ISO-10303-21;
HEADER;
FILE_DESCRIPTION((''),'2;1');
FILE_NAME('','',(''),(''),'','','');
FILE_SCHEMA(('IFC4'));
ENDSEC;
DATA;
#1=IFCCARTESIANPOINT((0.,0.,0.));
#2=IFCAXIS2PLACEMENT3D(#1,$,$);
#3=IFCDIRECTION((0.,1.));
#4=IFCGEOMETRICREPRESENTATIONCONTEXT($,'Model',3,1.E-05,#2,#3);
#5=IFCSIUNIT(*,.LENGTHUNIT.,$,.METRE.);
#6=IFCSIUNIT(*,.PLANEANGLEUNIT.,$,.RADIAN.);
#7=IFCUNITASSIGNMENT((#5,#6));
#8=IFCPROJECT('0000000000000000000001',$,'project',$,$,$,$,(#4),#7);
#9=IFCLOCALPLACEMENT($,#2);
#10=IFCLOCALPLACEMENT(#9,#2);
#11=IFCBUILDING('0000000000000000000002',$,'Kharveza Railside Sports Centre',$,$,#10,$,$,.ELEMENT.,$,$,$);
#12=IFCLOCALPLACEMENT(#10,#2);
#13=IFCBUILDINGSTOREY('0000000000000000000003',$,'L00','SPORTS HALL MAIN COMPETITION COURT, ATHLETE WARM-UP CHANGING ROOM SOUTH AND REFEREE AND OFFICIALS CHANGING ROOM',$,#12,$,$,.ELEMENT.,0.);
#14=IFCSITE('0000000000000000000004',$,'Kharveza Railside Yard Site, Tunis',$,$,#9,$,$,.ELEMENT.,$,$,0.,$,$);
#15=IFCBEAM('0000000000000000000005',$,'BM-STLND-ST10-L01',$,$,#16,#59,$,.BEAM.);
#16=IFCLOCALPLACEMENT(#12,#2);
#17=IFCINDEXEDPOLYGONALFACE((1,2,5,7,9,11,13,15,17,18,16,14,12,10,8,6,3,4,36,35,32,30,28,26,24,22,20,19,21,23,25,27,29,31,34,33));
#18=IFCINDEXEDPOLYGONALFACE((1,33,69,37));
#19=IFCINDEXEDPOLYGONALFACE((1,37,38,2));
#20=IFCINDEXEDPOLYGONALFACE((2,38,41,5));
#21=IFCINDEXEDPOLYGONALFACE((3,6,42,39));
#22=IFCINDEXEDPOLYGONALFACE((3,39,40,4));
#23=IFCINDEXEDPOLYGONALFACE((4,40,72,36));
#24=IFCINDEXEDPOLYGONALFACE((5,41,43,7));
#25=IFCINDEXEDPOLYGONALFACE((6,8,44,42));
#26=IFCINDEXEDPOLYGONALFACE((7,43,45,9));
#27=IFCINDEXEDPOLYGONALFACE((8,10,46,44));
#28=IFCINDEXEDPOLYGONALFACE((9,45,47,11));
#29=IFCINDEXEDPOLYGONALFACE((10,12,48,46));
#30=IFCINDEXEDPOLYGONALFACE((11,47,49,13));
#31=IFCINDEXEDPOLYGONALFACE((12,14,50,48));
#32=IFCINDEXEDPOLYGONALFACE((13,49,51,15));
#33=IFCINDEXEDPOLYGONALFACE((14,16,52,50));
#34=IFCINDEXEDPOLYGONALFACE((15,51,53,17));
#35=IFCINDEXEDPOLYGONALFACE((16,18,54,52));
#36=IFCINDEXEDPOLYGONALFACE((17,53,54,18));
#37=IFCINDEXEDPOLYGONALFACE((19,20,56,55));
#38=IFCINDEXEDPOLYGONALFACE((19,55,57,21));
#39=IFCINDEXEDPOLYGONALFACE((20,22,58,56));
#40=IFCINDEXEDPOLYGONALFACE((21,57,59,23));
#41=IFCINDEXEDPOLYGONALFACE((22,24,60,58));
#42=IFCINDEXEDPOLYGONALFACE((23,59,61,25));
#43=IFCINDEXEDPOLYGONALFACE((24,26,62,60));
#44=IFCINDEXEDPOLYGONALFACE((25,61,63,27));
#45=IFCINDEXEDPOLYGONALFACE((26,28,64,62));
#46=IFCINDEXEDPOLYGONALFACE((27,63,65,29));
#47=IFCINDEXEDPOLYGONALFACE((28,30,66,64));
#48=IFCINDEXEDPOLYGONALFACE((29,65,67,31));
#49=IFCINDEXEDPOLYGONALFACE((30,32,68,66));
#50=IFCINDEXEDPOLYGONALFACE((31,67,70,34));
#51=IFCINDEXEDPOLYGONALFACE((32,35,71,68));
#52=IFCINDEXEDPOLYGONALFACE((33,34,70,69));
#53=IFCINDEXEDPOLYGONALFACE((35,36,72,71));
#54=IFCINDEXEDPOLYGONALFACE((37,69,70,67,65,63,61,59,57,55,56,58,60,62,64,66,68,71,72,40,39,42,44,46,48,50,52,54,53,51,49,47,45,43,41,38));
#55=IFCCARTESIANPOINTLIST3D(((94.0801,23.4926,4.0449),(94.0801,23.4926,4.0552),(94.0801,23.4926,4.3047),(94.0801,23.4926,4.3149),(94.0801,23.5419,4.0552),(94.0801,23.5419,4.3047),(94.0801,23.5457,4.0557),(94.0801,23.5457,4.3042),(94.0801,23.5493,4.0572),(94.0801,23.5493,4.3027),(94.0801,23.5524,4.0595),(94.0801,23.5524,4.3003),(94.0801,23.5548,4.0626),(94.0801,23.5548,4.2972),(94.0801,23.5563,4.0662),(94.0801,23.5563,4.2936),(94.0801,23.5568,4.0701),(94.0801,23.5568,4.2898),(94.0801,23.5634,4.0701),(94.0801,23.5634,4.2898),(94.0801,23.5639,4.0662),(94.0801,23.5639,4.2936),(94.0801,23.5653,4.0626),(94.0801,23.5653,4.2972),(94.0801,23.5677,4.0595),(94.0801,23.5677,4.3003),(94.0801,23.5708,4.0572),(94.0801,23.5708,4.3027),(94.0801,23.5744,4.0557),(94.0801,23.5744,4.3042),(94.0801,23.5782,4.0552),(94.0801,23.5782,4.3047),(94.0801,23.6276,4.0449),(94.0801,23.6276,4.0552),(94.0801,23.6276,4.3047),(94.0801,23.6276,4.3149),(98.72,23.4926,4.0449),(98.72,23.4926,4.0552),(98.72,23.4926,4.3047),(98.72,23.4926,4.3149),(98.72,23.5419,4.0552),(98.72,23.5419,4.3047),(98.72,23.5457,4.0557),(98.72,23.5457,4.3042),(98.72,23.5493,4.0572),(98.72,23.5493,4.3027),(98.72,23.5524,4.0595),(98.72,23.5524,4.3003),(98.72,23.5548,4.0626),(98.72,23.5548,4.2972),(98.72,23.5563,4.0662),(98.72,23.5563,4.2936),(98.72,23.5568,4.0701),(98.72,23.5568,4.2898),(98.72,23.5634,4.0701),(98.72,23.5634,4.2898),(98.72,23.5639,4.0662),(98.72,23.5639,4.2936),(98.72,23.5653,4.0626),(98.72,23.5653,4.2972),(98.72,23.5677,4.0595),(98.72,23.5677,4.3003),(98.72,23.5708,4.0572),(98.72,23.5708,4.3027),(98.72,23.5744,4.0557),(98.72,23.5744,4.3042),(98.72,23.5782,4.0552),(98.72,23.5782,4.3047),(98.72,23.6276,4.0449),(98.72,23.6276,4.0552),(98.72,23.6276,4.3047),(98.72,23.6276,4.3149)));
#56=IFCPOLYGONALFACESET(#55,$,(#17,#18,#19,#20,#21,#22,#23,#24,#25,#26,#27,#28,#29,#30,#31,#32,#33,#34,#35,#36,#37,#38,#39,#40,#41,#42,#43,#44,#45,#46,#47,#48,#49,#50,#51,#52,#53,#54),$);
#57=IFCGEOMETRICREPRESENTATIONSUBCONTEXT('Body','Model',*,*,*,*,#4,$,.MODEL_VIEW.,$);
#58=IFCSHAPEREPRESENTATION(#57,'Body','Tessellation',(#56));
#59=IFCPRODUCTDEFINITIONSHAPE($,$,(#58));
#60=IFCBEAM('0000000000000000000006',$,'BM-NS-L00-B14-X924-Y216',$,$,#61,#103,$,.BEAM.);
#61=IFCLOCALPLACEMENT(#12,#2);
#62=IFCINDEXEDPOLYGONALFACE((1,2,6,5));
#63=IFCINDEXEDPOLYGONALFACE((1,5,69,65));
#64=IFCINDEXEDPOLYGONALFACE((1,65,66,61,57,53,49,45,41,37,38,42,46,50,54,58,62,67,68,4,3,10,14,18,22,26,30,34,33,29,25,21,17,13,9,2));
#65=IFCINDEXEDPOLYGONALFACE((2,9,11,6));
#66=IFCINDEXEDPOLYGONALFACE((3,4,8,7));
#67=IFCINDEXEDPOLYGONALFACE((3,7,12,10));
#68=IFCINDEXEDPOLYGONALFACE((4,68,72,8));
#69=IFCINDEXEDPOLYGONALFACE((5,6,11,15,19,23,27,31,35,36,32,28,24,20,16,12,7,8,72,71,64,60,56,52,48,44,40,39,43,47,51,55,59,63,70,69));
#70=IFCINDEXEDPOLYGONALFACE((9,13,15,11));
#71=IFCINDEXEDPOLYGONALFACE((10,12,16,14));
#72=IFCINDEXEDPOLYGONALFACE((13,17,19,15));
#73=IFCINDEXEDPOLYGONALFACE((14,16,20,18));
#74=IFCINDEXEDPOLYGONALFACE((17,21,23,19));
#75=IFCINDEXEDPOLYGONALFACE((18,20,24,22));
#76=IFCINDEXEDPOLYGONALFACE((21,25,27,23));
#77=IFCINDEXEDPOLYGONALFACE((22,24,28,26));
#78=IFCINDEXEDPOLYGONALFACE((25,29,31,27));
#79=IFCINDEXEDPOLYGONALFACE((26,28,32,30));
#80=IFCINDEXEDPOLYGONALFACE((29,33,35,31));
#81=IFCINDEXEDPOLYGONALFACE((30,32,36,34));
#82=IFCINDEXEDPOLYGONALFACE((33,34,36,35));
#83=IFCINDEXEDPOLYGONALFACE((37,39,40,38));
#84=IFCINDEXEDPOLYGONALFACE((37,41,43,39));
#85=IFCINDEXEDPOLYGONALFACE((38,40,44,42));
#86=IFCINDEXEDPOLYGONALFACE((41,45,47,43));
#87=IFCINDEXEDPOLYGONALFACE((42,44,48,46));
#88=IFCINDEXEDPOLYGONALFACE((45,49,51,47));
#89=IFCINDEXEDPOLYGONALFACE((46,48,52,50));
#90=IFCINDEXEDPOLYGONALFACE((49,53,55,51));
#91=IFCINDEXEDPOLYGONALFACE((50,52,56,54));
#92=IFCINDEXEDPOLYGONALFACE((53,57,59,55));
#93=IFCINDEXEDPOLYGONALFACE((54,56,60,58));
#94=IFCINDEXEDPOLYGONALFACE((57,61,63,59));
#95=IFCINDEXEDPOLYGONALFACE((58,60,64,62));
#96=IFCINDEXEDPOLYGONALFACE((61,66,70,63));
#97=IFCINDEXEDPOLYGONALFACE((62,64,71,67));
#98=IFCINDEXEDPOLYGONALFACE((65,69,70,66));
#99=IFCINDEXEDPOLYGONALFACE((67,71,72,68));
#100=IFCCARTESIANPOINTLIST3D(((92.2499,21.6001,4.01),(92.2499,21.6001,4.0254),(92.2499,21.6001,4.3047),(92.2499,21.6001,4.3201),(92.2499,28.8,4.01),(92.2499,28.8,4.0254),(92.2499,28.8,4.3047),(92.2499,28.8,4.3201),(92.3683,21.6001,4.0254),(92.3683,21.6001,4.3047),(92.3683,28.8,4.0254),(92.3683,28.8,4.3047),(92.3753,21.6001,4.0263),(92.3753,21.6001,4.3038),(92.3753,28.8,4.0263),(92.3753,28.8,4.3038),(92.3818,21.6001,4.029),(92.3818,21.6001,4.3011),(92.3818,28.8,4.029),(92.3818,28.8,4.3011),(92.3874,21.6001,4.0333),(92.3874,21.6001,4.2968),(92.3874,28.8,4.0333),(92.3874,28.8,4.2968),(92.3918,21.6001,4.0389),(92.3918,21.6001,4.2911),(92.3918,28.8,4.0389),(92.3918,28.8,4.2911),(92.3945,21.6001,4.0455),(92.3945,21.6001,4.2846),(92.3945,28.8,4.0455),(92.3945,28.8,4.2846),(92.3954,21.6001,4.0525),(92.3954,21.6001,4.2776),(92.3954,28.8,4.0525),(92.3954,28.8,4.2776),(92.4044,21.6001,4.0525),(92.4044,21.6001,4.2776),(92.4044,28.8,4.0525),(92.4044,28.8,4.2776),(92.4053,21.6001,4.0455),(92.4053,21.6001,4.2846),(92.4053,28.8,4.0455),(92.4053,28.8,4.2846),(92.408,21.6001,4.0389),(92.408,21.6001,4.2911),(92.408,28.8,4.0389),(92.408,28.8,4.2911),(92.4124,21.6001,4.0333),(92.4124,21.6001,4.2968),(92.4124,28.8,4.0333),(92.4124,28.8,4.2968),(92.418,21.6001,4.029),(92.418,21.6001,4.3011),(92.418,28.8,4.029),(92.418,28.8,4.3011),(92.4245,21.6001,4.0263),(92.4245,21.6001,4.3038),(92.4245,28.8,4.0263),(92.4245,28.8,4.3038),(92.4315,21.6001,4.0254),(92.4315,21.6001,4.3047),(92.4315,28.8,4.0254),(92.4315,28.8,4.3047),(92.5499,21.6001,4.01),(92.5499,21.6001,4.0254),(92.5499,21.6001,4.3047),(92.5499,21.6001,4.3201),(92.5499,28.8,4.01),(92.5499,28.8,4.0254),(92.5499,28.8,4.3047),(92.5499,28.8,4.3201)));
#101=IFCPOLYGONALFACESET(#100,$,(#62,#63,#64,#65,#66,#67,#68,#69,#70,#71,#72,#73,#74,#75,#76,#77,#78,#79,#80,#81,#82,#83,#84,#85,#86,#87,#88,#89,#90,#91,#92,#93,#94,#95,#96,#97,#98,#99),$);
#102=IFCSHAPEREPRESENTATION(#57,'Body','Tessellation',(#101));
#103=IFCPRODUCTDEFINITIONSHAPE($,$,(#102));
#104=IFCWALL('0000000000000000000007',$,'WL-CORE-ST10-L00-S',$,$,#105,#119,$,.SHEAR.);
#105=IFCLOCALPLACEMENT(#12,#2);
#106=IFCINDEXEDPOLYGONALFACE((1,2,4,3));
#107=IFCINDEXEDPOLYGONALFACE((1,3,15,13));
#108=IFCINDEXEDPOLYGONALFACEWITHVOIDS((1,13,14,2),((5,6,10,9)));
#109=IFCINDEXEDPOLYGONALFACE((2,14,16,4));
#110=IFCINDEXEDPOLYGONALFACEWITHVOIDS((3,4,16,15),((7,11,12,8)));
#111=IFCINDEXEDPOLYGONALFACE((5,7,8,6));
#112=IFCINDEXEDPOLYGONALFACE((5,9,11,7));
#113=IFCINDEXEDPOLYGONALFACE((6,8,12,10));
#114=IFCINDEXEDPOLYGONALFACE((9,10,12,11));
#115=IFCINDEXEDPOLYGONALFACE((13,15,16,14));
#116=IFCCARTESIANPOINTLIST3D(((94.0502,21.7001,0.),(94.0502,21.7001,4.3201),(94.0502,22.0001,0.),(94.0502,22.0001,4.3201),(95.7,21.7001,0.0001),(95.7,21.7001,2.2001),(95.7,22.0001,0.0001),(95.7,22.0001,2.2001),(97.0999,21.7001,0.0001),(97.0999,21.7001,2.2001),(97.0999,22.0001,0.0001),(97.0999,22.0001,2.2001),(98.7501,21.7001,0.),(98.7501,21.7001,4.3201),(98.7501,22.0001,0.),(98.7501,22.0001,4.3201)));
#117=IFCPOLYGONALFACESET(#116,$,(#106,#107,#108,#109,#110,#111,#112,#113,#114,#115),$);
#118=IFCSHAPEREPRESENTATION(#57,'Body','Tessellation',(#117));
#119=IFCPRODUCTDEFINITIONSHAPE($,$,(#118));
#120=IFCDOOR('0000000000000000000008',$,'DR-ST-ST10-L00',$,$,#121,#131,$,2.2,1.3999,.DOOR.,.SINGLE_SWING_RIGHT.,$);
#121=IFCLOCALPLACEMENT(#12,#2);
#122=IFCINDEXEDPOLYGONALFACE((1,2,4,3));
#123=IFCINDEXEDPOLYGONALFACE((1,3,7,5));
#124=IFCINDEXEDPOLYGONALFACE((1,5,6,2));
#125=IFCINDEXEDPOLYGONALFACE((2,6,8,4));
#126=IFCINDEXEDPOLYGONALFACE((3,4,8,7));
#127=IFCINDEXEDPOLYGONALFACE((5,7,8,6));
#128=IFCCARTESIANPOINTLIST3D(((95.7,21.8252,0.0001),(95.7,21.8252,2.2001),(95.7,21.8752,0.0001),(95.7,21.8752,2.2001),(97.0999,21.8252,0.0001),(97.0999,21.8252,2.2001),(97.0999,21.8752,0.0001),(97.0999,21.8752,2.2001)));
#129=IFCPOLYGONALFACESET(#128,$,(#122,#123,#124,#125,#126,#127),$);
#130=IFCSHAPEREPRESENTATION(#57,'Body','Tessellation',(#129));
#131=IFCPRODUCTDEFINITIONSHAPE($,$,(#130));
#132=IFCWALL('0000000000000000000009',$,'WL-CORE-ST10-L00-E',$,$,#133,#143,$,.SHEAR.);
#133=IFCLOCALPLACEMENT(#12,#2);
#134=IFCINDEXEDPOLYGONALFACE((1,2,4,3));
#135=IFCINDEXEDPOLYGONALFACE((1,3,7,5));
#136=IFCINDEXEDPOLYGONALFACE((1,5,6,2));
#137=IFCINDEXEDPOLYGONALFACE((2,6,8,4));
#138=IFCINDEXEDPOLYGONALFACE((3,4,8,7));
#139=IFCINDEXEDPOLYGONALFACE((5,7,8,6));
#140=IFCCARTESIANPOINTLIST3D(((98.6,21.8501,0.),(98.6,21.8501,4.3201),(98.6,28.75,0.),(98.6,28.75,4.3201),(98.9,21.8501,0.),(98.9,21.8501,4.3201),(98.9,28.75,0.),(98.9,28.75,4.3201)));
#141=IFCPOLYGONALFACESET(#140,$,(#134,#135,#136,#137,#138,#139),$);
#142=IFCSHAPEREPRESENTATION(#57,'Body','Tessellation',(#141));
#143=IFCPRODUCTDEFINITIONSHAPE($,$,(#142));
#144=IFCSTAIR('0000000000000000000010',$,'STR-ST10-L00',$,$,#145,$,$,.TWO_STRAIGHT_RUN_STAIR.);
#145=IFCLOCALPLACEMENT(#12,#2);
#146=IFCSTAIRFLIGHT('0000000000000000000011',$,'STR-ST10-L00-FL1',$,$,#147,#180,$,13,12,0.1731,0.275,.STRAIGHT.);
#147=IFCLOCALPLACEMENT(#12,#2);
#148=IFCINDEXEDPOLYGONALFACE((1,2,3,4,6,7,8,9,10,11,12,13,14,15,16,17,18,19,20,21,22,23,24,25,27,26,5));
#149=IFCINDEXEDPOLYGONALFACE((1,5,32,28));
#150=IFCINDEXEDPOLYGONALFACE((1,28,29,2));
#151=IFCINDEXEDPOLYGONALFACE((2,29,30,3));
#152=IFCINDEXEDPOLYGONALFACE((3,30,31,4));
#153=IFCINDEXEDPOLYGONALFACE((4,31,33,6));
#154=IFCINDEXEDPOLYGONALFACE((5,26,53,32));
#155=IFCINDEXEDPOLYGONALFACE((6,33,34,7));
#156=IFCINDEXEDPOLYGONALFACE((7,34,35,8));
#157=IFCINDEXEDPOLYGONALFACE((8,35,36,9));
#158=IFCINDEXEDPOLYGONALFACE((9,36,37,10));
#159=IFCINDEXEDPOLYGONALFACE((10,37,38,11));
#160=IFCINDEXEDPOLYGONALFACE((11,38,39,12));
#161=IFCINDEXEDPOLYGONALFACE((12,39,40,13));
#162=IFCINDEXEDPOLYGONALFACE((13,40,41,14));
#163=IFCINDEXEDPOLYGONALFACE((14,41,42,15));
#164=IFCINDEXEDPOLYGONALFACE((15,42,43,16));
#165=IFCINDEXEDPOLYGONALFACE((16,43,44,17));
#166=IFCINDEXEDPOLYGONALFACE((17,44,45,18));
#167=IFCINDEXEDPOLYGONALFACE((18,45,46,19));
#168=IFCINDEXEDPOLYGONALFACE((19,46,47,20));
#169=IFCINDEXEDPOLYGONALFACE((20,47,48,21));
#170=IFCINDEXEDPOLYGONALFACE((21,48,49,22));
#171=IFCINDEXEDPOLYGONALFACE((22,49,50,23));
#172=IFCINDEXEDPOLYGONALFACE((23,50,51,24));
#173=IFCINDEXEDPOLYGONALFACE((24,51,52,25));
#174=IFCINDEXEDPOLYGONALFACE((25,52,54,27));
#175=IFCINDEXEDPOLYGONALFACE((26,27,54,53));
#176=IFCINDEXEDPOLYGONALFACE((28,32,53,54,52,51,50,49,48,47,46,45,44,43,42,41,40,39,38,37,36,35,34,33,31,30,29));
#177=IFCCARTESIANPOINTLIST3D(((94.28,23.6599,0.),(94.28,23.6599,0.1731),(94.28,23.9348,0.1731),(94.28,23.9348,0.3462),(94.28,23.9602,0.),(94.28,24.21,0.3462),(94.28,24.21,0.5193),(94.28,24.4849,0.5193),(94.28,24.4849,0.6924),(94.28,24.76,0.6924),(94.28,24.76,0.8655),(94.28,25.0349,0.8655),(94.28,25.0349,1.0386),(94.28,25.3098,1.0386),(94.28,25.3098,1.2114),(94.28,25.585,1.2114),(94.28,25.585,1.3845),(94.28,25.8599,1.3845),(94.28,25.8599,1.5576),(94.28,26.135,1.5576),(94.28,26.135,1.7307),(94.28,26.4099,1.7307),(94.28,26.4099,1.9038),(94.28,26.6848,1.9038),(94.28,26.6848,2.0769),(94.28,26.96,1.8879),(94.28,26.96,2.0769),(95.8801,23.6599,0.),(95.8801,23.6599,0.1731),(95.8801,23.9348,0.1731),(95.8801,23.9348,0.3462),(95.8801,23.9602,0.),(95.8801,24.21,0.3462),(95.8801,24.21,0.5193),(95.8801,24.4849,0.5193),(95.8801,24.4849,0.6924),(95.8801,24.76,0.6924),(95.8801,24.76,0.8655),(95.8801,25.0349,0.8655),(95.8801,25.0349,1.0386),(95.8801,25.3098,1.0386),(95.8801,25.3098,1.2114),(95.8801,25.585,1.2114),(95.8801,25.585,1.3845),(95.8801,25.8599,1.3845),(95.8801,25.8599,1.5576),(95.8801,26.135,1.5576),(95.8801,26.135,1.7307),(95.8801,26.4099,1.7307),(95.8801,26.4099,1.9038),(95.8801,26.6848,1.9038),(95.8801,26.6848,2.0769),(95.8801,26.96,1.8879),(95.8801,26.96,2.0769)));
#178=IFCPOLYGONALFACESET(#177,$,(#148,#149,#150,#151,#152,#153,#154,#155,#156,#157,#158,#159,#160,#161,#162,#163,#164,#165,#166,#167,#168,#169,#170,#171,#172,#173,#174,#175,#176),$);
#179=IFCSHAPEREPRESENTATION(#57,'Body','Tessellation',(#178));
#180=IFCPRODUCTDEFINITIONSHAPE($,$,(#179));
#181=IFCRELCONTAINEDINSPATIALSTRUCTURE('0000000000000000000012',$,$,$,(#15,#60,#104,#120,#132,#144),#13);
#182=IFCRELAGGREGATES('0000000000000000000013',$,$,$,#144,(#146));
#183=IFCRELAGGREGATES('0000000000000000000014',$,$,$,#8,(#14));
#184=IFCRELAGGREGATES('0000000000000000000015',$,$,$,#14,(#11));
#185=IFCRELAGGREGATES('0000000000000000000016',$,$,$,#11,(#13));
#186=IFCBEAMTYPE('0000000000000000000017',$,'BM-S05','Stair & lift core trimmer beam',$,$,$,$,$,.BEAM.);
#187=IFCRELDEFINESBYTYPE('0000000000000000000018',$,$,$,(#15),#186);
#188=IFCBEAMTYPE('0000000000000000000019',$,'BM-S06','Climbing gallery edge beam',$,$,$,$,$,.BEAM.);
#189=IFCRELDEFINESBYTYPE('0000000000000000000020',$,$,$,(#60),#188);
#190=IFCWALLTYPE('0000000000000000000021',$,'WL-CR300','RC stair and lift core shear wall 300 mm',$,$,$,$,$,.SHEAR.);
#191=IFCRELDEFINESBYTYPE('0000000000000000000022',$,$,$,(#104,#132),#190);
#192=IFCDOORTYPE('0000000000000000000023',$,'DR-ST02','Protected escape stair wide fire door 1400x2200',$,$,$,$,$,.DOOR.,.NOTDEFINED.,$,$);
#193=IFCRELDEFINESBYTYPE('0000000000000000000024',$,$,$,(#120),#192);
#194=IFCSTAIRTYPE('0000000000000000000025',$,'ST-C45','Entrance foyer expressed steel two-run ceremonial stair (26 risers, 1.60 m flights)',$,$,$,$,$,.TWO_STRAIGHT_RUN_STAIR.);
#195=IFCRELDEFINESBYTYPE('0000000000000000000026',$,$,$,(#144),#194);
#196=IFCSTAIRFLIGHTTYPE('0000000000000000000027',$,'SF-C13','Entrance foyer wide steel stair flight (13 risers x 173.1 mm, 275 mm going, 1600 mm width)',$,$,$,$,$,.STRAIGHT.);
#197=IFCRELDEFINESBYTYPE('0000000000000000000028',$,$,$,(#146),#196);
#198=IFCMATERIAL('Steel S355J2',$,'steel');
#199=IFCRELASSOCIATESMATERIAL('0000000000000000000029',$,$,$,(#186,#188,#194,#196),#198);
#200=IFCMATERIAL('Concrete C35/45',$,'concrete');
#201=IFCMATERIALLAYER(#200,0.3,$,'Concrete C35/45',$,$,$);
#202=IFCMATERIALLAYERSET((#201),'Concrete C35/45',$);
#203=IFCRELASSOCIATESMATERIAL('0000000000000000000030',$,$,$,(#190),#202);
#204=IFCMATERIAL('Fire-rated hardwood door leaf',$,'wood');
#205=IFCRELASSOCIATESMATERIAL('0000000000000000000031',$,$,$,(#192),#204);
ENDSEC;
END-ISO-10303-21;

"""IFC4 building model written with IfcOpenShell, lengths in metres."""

from ifc_helpers import new_model, si_unit, direction, frame, frame_2d, origin, origin_2d, place, context, subcontext, project, spatial, polyline, rectangle, i_section, outline, extrude, material, layer, layer_set, material_profile, profile_set, type_object, element, fill, aggregate, save


model = new_model("IFC4")

# Units and contexts
model_context = context("Model", 3, precision=1e-05, world=origin(), true_north=direction((0.0, 1.0)))
body_context = subcontext(model_context, "Body", "Model", "MODEL_VIEW")
ifc_project = project(units=[si_unit("LENGTHUNIT", "METRE"), si_unit("PLANEANGLEUNIT", "RADIAN")], contexts=[model_context])

# Site, building, storey
site_placement = place(None, origin())
site = spatial("IfcSite", under=ifc_project, at=site_placement, Name="Kharveza Railside Yard Site, Tunis", CompositionType="ELEMENT", RefElevation=0.0)
building_placement = place(site_placement, origin())
building = spatial("IfcBuilding", under=site, at=building_placement, Name="Kharveza Railside Sports Centre", CompositionType="ELEMENT")
storey_placement = place(building_placement, origin())
storey = spatial("IfcBuildingStorey", under=building, at=storey_placement, Name="L00", Description="SPORTS HALL MAIN COMPETITION COURT, ATHLETE WARM-UP CHANGING ROOM SOUTH AND REFEREE AND OFFICIALS CHANGING ROOM", CompositionType="ELEMENT", Elevation=0.0)

# Shared definitions
ifc_material_1 = material(Name="Concrete C35/45", Category="concrete")

# Shared definitions
ifc_material_2 = material(Name="Steel S355J2", Category="steel")

# Beams
ifc_material_profile_1 = material_profile(ifc_material_2, i_section(OverallWidth=0.135, OverallDepth=0.27, WebThickness=0.0066, FlangeThickness=0.0103, FilletRadius=0.0149, at=origin_2d()), Name="IPE 270")
ifc_profile_set_1 = profile_set([ifc_material_profile_1], Name="Steel S355J2")
beam_type_1 = type_object("IfcBeamType", Name="BM-S05", Description="Stair & lift core trimmer beam", PredefinedType="BEAM", material=ifc_profile_set_1)
beam_1_placement = place(storey_placement, frame((94.0801, 23.5601, 4.1799), z_axis=(1.0, 0.0, 0.0), x_axis=(0.0, 1.0, 0.0)))
element("IfcBeam", 1, at=beam_1_placement, inside=storey, type_object=beam_type_1, Name="BM-STLND-ST10-L01", PredefinedType="BEAM", context=body_context, shape_type="SweptSolid", body=[
    extrude(i_section(OverallWidth=0.135, OverallDepth=0.27, WebThickness=0.0066, FlangeThickness=0.0103, FilletRadius=0.0149, at=origin_2d()), origin(), (0.0, 0.0, 1.0), 4.6399),
])
ifc_material_profile_2 = material_profile(ifc_material_2, i_section(OverallWidth=0.3, OverallDepth=0.3101, WebThickness=0.009, FlangeThickness=0.0154, FilletRadius=0.0271, at=origin_2d()), Name="HEA 320")
ifc_profile_set_2 = profile_set([ifc_material_profile_2], Name="Steel S355J2")
beam_type_2 = type_object("IfcBeamType", Name="BM-S06", Description="Climbing gallery edge beam", PredefinedType="BEAM", material=ifc_profile_set_2)
beam_2_placement = place(storey_placement, frame((92.3999, 21.6001, 4.165), z_axis=(0.0, 1.0, 0.0), x_axis=(-1.0, 0.0, 0.0)))
element("IfcBeam", 2, at=beam_2_placement, inside=storey, type_object=beam_type_2, Name="BM-NS-L00-B14-X924-Y216", PredefinedType="BEAM", context=body_context, shape_type="SweptSolid", body=[
    extrude(i_section(OverallWidth=0.3, OverallDepth=0.3101, WebThickness=0.009, FlangeThickness=0.0154, FilletRadius=0.0271, at=origin_2d()), origin(), (0.0, 0.0, 1.0), 7.2),
])

# Wall, opening, door
ifc_layer = layer(ifc_material_1, 0.3, Name="Concrete C35/45")
ifc_layer_set = layer_set([ifc_layer], Name="Concrete C35/45")
wall_type = type_object("IfcWallType", Name="WL-CR300", Description="RC stair and lift core shear wall 300 mm", PredefinedType="SHEAR", material=ifc_layer_set)
wall_1_placement = place(storey_placement, frame((94.05, 21.8501, 0.0), z_axis=(0.0, 0.0, 1.0), x_axis=(1.0, 0.0, 0.0)))
wall_1 = element("IfcWall", 3, at=wall_1_placement, inside=storey, type_object=wall_type, Name="WL-CORE-ST10-L00-S", PredefinedType="SHEAR", context=body_context, shape_type="SweptSolid", body=[
    extrude(rectangle(XDim=4.7, YDim=0.3, at=frame_2d((2.3501, 0.0))), origin(), (0.0, 0.0, 1.0), 4.3201),
])
opening_placement = place(wall_1_placement, frame((1.6499, 0.0, 0.0)))
opening = element("IfcOpeningElement", 4, at=opening_placement, cuts=wall_1, PredefinedType="OPENING", context=body_context, shape_type="SweptSolid", body=[
    extrude(rectangle(XDim=1.3999, YDim=2.2, at=frame_2d((0.7, 1.1001))), frame((0.0, 0.1748, 0.0), z_axis=(0.0, -1.0, 0.0), x_axis=(1.0, 0.0, 0.0)), (0.0, 0.0, 1.0), 0.3499),
])
ifc_material_3 = material(Name="Fire-rated hardwood door leaf", Category="wood")
door_type = type_object("IfcDoorType", Name="DR-ST02", Description="Protected escape stair wide fire door 1400x2200", OperationType="NOTDEFINED", PredefinedType="DOOR", material=ifc_material_3)
door_placement = place(opening_placement, frame((1.3999, 0.0, 0.0), z_axis=(0.0, 0.0, 1.0), x_axis=(-1.0, 0.0, 0.0)))
door = element("IfcDoor", 5, at=door_placement, inside=storey, type_object=door_type, Name="DR-ST-ST10-L00", OperationType="SINGLE_SWING_RIGHT", OverallHeight=2.2, OverallWidth=1.3999, PredefinedType="DOOR", context=body_context, shape_type="SweptSolid", body=[
    extrude(rectangle(XDim=1.3999, YDim=2.2, at=frame_2d((0.7, 1.1001))), frame((0.0, 0.0249, 0.0), z_axis=(0.0, -1.0, 0.0), x_axis=(1.0, 0.0, 0.0)), (0.0, 0.0, 1.0), 0.05),
])
fill(opening, door)

# Wall
wall_2_placement = place(storey_placement, frame((98.75, 21.8501, 0.0), z_axis=(0.0, 0.0, 1.0), x_axis=(0.0, 1.0, 0.0)))
element("IfcWall", 6, at=wall_2_placement, inside=storey, type_object=wall_type, Name="WL-CORE-ST10-L00-E", PredefinedType="SHEAR", context=body_context, shape_type="SweptSolid", body=[
    extrude(rectangle(XDim=6.8999, YDim=0.3, at=frame_2d((3.45, 0.0))), origin(), (0.0, 0.0, 1.0), 4.3201),
])

# Stair, stair flight
stair_type = type_object("IfcStairType", Name="ST-C45", Description="Entrance foyer expressed steel two-run ceremonial stair (26 risers, 1.60 m flights)", PredefinedType="TWO_STRAIGHT_RUN_STAIR", material=ifc_material_2)
stair_placement = place(storey_placement, origin())
stair = element("IfcStair", 7, at=stair_placement, inside=storey, type_object=stair_type, Name="STR-ST10-L00", PredefinedType="TWO_STRAIGHT_RUN_STAIR")
stair_flight_type = type_object("IfcStairFlightType", Name="SF-C13", Description="Entrance foyer wide steel stair flight (13 risers x 173.1 mm, 275 mm going, 1600 mm width)", PredefinedType="STRAIGHT", material=ifc_material_2)
stair_flight_placement = place(storey_placement, frame((95.0801, 23.6599, 0.0), z_axis=(0.0, 0.0, 1.0), x_axis=(0.0, 1.0, 0.0)))
stair_flight = element("IfcStairFlight", 8, at=stair_flight_placement, type_object=stair_flight_type, Name="STR-ST10-L00-FL1", NumberOfRisers=13, NumberOfTreads=12, PredefinedType="STRAIGHT", RiserHeight=0.1731, TreadLength=0.275, context=body_context, shape_type="SweptSolid", body=[
    extrude(outline(polyline([(0.0, 0.0), (0.0, 0.1731), (0.2749, 0.1731), (0.2749, 0.3462), (0.55, 0.3462), (0.55, 0.5193), (0.825, 0.5193), (0.825, 0.6924), (1.1001, 0.6924), (1.1001, 0.8655), (1.375, 0.8655), (1.375, 1.0386), (1.6499, 1.0386), (1.6499, 1.2114), (1.925, 1.2114), (1.925, 1.3845), (2.2, 1.3845), (2.2, 1.5576), (2.4751, 1.5576), (2.4751, 1.7307), (2.75, 1.7307), (2.75, 1.9038), (3.0249, 1.9038), (3.0249, 2.0769), (3.3, 2.0769), (3.3, 2.25), (3.3, 1.8879), (0.3003, 0.0), (0.0, 0.0)])), frame((0.0, 0.8, 0.0), z_axis=(0.0, -1.0, 0.0), x_axis=(1.0, 0.0, 0.0)), (0.0, 0.0, 1.0), 1.6001),
])
aggregate(stair, [stair_flight])

save(model, "model.ifc")
